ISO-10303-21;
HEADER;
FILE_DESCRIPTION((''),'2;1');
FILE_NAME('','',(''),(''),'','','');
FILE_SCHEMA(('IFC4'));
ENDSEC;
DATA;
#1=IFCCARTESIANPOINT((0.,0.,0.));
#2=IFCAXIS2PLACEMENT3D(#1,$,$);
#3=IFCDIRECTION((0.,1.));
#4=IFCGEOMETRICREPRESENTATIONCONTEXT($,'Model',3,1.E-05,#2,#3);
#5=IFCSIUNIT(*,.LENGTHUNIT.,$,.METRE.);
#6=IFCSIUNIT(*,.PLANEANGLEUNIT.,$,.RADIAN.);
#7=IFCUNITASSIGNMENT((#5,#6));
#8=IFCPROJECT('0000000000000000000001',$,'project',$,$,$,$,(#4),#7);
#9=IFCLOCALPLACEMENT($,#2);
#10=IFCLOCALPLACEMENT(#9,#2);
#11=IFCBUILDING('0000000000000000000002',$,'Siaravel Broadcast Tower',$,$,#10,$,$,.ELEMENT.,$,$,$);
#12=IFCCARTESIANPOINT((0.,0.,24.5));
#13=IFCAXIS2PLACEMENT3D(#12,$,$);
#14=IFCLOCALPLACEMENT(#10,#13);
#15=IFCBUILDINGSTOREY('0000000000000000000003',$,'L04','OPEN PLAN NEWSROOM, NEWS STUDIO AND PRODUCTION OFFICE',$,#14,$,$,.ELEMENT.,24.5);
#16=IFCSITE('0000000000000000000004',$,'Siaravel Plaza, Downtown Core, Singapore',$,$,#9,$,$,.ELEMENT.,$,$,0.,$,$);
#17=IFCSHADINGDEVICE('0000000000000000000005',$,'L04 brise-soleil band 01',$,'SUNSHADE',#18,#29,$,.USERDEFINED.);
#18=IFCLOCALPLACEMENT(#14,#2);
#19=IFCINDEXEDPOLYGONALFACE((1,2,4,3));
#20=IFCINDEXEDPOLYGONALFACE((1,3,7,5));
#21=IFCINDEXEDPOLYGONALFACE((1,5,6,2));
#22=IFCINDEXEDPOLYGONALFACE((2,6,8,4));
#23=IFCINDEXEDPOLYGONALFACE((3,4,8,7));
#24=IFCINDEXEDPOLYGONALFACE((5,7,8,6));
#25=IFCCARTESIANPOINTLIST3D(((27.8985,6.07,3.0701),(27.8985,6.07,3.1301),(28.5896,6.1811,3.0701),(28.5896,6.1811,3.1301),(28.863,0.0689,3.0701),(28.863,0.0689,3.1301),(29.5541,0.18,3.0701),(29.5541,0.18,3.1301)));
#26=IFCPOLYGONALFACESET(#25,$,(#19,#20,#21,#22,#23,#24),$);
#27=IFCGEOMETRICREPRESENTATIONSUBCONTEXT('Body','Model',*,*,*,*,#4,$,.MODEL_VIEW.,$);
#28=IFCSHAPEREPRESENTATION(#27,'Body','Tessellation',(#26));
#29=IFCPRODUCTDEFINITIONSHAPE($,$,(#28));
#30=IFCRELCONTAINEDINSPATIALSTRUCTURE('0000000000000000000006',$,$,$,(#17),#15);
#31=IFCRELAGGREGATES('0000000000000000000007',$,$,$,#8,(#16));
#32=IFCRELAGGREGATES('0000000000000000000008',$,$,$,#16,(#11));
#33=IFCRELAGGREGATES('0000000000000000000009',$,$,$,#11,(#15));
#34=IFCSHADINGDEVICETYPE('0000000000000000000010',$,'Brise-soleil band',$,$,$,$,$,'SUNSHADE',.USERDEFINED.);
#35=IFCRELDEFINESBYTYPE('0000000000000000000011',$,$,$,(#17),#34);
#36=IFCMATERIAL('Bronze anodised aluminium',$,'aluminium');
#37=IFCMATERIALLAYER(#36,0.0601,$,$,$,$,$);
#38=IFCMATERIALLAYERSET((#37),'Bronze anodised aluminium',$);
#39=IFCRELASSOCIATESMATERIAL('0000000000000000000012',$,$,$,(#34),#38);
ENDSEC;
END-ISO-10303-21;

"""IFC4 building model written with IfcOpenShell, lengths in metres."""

from ifc_helpers import new_model, si_unit, direction, frame, origin, origin_2d, place, context, subcontext, project, spatial, rectangle, extrude, material, layer, layer_set, type_object, element, save


model = new_model("IFC4")

# Units and contexts
model_context = context("Model", 3, precision=1e-05, world=origin(), true_north=direction((0.0, 1.0)))
body_context = subcontext(model_context, "Body", "Model", "MODEL_VIEW")
ifc_project = project(units=[si_unit("LENGTHUNIT", "METRE"), si_unit("PLANEANGLEUNIT", "RADIAN")], contexts=[model_context])

# Site, building, storey
site_placement = place(None, origin())
site = spatial("IfcSite", under=ifc_project, at=site_placement, Name="Siaravel Plaza, Downtown Core, Singapore", CompositionType="ELEMENT", RefElevation=0.0)
building_placement = place(site_placement, origin())
building = spatial("IfcBuilding", under=site, at=building_placement, Name="Siaravel Broadcast Tower", CompositionType="ELEMENT")
storey_placement = place(building_placement, frame((0.0, 0.0, 24.5)))
storey = spatial("IfcBuildingStorey", under=building, at=storey_placement, Name="L04", Description="OPEN PLAN NEWSROOM, NEWS STUDIO AND PRODUCTION OFFICE", CompositionType="ELEMENT", Elevation=24.5)

# Shading device
ifc_material_1 = material(Name="Bronze anodised aluminium", Category="aluminium")
ifc_layer_1 = layer(ifc_material_1, 0.0601)
ifc_layer_set_1 = layer_set([ifc_layer_1], Name="Bronze anodised aluminium")
shading_device_type = type_object("IfcShadingDeviceType", Name="Brise-soleil band", ElementType="SUNSHADE", PredefinedType="USERDEFINED", material=ifc_layer_set_1)
shading_device_placement = place(storey_placement, frame((28.7263, 3.125, 3.0701), z_axis=(0.0, 0.0, 1.0), x_axis=(-0.158685, 0.987329, 0.0)))
element("IfcShadingDevice", 1, at=shading_device_placement, inside=storey, type_object=shading_device_type, Name="L04 brise-soleil band 01", ObjectType="SUNSHADE", PredefinedType="USERDEFINED", context=body_context, shape_type="SweptSolid", body=[
    extrude(rectangle(XDim=6.0781, YDim=0.7, at=origin_2d()), origin(), (0.0, 0.0, 1.0), 0.0601),
])

save(model, "model.ifc")
